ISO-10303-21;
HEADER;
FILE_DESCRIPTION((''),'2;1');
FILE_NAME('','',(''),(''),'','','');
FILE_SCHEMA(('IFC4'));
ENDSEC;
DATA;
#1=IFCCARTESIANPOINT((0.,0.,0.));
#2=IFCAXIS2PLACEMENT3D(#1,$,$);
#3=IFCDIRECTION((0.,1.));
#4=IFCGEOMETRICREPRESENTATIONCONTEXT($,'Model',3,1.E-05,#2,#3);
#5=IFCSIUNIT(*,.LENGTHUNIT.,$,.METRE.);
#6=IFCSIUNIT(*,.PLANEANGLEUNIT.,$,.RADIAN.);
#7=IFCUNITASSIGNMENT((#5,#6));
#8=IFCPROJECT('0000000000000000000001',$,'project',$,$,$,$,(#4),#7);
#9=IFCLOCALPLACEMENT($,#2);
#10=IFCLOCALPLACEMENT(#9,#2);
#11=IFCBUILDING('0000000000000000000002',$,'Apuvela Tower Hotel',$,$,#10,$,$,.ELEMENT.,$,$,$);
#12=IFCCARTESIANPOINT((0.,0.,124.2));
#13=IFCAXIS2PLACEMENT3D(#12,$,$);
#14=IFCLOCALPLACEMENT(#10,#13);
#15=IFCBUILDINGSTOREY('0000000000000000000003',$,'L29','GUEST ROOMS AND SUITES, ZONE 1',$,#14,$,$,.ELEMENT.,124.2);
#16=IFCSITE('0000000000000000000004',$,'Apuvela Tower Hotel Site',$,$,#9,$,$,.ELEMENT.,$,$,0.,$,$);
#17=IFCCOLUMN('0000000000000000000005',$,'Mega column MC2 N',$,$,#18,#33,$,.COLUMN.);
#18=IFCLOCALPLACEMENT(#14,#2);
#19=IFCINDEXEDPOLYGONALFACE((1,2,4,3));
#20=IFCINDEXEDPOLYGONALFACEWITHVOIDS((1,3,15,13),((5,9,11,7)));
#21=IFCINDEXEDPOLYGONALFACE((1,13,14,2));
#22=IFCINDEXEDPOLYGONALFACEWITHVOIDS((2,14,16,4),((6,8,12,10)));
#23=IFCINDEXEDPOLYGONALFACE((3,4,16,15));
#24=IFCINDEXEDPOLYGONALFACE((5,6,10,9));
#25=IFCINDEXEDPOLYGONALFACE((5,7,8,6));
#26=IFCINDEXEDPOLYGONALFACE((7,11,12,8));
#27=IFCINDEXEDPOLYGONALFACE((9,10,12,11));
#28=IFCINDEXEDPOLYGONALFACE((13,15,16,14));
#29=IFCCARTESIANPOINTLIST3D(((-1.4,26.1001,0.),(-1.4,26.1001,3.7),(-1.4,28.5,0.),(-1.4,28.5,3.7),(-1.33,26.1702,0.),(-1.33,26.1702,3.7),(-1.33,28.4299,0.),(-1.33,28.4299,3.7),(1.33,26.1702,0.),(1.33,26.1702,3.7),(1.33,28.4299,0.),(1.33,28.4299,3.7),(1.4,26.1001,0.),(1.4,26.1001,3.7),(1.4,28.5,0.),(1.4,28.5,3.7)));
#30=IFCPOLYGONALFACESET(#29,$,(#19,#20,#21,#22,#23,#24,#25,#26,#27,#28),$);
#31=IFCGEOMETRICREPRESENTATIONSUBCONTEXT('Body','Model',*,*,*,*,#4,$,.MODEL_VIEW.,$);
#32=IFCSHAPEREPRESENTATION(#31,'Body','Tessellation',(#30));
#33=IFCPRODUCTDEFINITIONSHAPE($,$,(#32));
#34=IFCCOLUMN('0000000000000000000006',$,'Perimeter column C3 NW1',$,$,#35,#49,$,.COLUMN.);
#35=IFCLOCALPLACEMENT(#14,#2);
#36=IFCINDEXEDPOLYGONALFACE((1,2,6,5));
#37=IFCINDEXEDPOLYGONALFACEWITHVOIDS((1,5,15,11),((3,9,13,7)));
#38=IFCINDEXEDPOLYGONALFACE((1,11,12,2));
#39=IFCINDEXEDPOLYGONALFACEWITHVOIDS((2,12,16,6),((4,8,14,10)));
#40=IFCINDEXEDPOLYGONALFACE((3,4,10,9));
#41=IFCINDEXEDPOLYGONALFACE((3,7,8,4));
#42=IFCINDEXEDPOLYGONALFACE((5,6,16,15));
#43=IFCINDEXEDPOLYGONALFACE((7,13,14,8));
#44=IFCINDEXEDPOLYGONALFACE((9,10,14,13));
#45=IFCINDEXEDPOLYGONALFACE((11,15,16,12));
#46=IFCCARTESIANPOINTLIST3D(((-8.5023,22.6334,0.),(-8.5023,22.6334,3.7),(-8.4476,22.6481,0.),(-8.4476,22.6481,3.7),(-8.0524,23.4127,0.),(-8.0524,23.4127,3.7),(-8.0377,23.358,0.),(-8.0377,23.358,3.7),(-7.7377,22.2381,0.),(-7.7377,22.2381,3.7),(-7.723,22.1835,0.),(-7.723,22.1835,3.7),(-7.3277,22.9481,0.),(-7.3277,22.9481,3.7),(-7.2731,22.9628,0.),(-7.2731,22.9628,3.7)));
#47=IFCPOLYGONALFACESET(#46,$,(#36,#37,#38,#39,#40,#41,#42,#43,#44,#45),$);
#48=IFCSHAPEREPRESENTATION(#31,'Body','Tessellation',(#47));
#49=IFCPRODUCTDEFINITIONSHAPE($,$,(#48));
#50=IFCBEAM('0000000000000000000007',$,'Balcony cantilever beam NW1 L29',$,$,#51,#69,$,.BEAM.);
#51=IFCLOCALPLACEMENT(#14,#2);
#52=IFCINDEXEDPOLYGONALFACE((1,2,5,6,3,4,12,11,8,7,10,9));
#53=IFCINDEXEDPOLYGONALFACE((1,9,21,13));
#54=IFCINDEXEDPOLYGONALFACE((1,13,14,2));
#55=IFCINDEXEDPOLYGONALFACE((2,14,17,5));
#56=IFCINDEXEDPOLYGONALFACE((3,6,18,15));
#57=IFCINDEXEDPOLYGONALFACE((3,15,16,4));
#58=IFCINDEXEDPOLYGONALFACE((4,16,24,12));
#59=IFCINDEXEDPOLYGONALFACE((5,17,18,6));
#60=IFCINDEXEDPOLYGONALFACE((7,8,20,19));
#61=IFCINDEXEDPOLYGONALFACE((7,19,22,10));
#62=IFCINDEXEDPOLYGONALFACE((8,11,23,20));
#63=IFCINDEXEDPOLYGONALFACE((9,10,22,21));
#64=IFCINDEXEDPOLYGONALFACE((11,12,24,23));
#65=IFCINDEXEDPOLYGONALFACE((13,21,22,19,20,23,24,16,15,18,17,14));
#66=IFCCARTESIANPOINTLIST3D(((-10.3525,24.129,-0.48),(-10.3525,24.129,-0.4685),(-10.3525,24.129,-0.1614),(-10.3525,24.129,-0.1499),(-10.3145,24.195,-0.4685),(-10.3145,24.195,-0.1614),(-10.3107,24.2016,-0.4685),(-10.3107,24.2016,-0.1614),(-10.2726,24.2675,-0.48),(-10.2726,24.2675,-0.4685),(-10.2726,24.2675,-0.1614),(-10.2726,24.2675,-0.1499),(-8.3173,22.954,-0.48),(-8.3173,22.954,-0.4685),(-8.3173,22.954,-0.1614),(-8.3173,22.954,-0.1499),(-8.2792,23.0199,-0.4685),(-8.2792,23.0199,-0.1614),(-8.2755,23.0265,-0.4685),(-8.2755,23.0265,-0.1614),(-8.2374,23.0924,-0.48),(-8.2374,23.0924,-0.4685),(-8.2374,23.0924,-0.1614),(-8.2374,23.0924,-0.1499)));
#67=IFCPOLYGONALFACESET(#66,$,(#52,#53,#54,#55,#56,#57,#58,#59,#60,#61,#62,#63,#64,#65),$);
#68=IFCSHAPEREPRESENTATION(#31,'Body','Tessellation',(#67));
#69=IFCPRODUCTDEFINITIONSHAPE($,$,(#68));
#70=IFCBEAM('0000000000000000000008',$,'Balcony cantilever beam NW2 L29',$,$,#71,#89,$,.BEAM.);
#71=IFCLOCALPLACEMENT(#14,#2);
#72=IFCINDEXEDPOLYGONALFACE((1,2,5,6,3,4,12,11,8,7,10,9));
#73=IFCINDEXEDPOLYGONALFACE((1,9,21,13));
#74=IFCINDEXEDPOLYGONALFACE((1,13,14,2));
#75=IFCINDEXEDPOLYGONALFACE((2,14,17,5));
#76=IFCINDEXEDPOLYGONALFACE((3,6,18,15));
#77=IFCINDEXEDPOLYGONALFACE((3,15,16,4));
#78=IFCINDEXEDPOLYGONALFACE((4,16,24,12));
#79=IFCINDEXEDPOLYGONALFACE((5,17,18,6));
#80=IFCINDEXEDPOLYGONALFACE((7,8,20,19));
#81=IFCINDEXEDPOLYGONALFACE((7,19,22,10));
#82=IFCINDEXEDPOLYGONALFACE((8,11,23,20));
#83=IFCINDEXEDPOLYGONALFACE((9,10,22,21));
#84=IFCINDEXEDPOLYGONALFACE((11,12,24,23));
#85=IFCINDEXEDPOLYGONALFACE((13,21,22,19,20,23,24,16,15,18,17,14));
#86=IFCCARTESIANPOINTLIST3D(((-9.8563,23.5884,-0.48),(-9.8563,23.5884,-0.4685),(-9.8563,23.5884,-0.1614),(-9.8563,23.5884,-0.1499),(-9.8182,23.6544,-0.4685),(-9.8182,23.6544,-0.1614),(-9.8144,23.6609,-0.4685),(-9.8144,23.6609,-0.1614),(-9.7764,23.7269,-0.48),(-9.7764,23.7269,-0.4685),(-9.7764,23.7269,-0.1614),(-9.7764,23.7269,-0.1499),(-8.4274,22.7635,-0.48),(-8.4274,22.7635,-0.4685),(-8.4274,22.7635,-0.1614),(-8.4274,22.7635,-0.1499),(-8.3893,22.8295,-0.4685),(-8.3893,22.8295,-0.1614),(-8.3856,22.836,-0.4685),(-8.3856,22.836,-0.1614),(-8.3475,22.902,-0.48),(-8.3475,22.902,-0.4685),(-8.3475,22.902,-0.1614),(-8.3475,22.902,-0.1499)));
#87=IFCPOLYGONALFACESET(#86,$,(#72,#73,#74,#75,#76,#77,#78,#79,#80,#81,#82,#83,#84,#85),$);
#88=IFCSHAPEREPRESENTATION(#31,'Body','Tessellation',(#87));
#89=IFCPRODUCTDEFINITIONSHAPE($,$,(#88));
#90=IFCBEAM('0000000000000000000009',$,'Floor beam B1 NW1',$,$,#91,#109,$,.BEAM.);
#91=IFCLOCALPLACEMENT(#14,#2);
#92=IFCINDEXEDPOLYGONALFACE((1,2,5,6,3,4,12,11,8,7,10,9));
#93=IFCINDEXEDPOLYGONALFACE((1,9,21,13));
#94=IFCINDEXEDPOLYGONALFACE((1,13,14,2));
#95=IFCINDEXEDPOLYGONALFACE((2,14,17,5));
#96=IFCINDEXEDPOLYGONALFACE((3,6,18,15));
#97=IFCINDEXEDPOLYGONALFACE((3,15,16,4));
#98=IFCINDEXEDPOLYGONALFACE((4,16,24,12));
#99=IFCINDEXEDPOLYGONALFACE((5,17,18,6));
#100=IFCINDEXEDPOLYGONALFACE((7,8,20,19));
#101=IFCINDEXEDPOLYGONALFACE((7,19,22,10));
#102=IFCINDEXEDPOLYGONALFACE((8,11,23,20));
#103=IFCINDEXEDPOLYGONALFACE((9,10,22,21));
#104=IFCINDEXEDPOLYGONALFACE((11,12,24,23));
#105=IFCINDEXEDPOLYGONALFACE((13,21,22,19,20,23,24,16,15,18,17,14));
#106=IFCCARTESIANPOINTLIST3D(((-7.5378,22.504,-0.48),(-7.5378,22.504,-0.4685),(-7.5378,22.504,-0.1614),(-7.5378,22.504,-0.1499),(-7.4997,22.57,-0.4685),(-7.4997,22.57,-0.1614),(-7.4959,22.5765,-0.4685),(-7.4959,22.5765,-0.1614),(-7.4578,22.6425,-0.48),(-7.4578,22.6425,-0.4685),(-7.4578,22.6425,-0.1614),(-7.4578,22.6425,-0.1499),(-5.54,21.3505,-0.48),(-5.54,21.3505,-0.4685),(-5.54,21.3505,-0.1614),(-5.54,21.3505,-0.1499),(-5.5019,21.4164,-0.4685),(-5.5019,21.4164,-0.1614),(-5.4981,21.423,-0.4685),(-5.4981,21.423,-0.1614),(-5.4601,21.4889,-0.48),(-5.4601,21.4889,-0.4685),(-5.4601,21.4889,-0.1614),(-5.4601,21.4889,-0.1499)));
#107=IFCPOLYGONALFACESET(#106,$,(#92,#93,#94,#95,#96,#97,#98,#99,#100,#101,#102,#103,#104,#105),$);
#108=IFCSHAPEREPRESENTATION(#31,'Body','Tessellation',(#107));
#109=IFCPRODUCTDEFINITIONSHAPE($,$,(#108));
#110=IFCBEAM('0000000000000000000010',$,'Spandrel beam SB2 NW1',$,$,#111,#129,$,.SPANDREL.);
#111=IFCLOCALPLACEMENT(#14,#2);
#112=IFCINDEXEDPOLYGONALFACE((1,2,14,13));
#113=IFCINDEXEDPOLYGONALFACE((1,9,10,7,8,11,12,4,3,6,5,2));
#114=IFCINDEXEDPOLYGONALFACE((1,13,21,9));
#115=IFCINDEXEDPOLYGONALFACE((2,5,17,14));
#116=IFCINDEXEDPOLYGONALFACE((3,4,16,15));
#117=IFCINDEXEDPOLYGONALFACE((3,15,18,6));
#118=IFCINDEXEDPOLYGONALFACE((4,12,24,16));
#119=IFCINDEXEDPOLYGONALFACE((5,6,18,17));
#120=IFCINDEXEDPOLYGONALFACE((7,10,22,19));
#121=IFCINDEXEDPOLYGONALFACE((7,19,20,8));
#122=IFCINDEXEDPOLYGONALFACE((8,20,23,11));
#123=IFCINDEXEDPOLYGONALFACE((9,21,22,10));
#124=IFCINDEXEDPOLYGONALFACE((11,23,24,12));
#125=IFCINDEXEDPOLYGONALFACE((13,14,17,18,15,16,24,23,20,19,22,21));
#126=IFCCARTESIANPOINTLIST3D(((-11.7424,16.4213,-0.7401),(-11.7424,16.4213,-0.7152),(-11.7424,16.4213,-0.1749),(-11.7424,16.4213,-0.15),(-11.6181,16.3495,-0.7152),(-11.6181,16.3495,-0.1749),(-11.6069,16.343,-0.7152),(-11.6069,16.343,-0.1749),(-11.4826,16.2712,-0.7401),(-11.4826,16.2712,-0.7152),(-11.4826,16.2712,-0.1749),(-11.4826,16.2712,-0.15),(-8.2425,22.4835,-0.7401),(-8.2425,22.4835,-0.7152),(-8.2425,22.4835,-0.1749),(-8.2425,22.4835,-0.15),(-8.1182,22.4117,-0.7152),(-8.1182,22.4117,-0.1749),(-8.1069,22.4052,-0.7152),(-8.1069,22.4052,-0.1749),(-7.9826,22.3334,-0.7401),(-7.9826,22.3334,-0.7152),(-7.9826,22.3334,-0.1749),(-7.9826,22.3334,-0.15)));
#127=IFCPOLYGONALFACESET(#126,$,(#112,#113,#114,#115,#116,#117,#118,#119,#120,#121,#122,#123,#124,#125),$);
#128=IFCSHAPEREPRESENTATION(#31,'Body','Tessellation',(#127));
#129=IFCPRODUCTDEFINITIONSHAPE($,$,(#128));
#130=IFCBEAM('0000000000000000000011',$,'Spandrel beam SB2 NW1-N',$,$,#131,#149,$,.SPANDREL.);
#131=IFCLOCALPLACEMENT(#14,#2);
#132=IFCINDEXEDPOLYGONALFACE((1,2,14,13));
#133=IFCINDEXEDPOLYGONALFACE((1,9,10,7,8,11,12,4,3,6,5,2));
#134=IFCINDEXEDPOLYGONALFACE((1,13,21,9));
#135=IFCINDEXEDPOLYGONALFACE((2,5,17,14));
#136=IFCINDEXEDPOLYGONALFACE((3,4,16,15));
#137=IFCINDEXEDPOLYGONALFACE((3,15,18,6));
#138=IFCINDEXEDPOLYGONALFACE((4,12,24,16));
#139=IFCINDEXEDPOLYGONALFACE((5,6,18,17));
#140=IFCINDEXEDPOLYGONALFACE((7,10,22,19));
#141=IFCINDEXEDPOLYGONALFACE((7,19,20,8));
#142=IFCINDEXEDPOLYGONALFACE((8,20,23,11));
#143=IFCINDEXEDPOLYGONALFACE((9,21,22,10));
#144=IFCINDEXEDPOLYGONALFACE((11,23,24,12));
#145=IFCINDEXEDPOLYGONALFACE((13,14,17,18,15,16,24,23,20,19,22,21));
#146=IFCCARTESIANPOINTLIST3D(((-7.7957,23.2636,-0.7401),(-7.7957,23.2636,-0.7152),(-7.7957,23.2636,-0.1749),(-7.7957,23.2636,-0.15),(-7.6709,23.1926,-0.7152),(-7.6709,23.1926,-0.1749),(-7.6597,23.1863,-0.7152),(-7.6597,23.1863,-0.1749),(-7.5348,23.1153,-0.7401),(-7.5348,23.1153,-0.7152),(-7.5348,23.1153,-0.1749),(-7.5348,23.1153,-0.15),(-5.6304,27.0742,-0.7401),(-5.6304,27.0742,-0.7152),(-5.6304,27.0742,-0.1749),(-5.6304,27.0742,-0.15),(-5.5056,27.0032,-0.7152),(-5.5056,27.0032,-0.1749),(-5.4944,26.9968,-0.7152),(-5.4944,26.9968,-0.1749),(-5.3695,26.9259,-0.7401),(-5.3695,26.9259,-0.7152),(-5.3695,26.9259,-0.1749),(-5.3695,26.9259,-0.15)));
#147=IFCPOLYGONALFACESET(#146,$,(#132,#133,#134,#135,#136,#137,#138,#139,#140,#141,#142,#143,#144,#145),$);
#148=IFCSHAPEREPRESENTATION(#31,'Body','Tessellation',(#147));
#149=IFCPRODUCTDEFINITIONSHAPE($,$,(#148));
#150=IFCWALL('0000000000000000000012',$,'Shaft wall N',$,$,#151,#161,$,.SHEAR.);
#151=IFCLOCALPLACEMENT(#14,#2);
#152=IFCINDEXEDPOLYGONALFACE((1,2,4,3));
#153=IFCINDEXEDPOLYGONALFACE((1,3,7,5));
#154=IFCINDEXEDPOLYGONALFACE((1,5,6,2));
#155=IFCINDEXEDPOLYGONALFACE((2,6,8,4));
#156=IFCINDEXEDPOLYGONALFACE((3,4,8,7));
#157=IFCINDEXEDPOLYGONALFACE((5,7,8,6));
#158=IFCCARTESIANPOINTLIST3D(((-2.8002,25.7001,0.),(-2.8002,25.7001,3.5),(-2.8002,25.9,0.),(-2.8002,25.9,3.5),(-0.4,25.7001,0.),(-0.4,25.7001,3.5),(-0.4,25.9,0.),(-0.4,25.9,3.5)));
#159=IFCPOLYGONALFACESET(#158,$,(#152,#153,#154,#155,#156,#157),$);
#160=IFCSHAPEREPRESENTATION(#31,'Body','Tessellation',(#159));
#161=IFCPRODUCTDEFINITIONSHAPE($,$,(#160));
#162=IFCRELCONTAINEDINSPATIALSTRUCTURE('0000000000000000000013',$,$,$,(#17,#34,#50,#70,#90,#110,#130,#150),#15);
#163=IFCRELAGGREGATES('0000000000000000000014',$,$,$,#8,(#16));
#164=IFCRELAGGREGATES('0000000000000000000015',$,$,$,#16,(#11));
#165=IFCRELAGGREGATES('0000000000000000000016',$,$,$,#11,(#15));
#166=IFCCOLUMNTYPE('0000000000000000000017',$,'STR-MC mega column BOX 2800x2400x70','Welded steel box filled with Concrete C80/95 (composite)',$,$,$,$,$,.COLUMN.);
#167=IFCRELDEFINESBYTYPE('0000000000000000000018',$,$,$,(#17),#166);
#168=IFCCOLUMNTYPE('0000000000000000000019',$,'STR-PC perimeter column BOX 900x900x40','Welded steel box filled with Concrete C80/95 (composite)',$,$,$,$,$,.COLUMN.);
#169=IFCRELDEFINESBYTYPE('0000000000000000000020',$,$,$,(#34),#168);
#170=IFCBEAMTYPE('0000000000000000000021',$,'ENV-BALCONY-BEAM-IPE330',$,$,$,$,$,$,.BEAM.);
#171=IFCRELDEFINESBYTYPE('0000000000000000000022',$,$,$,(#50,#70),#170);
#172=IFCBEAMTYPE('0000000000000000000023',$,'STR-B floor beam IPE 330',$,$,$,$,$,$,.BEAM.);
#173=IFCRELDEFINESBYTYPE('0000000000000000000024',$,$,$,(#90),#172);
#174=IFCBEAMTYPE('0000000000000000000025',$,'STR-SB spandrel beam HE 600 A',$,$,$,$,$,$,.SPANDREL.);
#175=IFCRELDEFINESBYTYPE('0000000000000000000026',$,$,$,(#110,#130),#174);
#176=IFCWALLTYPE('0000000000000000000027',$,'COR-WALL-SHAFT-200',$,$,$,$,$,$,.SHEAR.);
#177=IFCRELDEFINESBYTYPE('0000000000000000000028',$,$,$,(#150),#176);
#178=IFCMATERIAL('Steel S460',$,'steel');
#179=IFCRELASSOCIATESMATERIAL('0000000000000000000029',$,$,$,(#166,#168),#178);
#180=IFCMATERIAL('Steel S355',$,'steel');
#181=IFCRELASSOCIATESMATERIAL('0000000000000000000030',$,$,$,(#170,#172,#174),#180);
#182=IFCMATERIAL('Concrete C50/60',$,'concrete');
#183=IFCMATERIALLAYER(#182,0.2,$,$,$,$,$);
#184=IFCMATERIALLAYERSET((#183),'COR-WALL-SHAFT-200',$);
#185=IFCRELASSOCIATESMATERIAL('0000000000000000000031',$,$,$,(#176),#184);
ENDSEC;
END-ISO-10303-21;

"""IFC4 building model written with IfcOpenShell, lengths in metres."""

from ifc_helpers import new_model, si_unit, direction, frame, frame_2d, origin, origin_2d, place, context, subcontext, project, spatial, rectangle, hollow_rectangle, i_section, extrude, material, layer, layer_set, material_profile, profile_set, type_object, element, save


model = new_model("IFC4")

# Units and contexts
model_context = context("Model", 3, precision=1e-05, world=origin(), true_north=direction((0.0, 1.0)))
body_context = subcontext(model_context, "Body", "Model", "MODEL_VIEW")
ifc_project = project(units=[si_unit("LENGTHUNIT", "METRE"), si_unit("PLANEANGLEUNIT", "RADIAN")], contexts=[model_context])

# Site, building, storey
site_placement = place(None, origin())
site = spatial("IfcSite", under=ifc_project, at=site_placement, Name="Apuvela Tower Hotel Site", CompositionType="ELEMENT", RefElevation=0.0)
building_placement = place(site_placement, origin())
building = spatial("IfcBuilding", under=site, at=building_placement, Name="Apuvela Tower Hotel", CompositionType="ELEMENT")
storey_placement = place(building_placement, frame((0.0, 0.0, 124.2)))
storey = spatial("IfcBuildingStorey", under=building, at=storey_placement, Name="L29", Description="GUEST ROOMS AND SUITES, ZONE 1", CompositionType="ELEMENT", Elevation=124.2)

# Columns
ifc_material_1 = material(Name="Steel S460", Category="steel")
ifc_material_profile_1 = material_profile(ifc_material_1, hollow_rectangle(XDim=2.8, YDim=2.3999, WallThickness=0.0701, at=origin_2d()), Name="BOX 2800x2400x70")
ifc_material_2 = material(Name="Concrete C80/95", Category="concrete")
ifc_material_profile_2 = material_profile(ifc_material_2, rectangle(XDim=2.6599, YDim=2.26, at=origin_2d()), Name="Concrete C80/95 infill")
ifc_profile_set_1 = profile_set([ifc_material_profile_1, ifc_material_profile_2], Name="Steel S460")
column_type_1 = type_object("IfcColumnType", Name="STR-MC mega column BOX 2800x2400x70", Description="Welded steel box filled with Concrete C80/95 (composite)", PredefinedType="COLUMN", material=ifc_profile_set_1)
column_1_placement = place(storey_placement, frame((0.0, 27.3, 0.0), z_axis=(0.0, 0.0, 1.0), x_axis=(1.0, 0.0, 0.0)))
element("IfcColumn", 1, at=column_1_placement, inside=storey, type_object=column_type_1, Name="Mega column MC2 N", PredefinedType="COLUMN", context=body_context, shape_type="SweptSolid", body=[
    extrude(hollow_rectangle(XDim=2.8, YDim=2.3999, WallThickness=0.0701, at=origin_2d()), origin(), (0.0, 0.0, 1.0), 3.7),
])
ifc_material_profile_3 = material_profile(ifc_material_1, hollow_rectangle(XDim=0.8999, YDim=0.8999, WallThickness=0.04, at=origin_2d()), Name="BOX 900x900x40")
ifc_material_profile_4 = material_profile(ifc_material_2, rectangle(XDim=0.8201, YDim=0.8201, at=origin_2d()), Name="Concrete C80/95 infill")
ifc_profile_set_2 = profile_set([ifc_material_profile_3, ifc_material_profile_4], Name="Steel S460")
column_type_2 = type_object("IfcColumnType", Name="STR-PC perimeter column BOX 900x900x40", Description="Welded steel box filled with Concrete C80/95 (composite)", PredefinedType="COLUMN", material=ifc_profile_set_2)
column_2_placement = place(storey_placement, frame((-7.8877, 22.7981, 0.0), z_axis=(0.0, 0.0, 1.0), x_axis=(0.5, 0.866025, 0.0)))
element("IfcColumn", 2, at=column_2_placement, inside=storey, type_object=column_type_2, Name="Perimeter column C3 NW1", PredefinedType="COLUMN", context=body_context, shape_type="SweptSolid", body=[
    extrude(hollow_rectangle(XDim=0.8999, YDim=0.8999, WallThickness=0.04, at=origin_2d()), origin(), (0.0, 0.0, 1.0), 3.7),
])

# Beams
ifc_material_3 = material(Name="Steel S355", Category="steel")
ifc_material_profile_5 = material_profile(ifc_material_3, i_section(OverallWidth=0.1599, OverallDepth=0.3301, WebThickness=0.0076, FlangeThickness=0.0115, at=origin_2d()), Name="IPE 330")
ifc_profile_set_3 = profile_set([ifc_material_profile_5], Name="Steel S355")
beam_type_1 = type_object("IfcBeamType", Name="ENV-BALCONY-BEAM-IPE330", PredefinedType="BEAM", material=ifc_profile_set_3)
beam_1_placement = place(storey_placement, frame((-8.2773, 23.0232, -0.3149), z_axis=(-0.866016, 0.500016, 0.0), x_axis=(-0.500016, -0.866016, 0.0)))
element("IfcBeam", 3, at=beam_1_placement, inside=storey, type_object=beam_type_1, Name="Balcony cantilever beam NW1 L29", PredefinedType="BEAM", context=body_context, shape_type="SweptSolid", body=[
    extrude(i_section(OverallWidth=0.1599, OverallDepth=0.3301, WebThickness=0.0076, FlangeThickness=0.0115, at=origin_2d()), origin(), (0.0, 0.0, 1.0), 2.3501),
])
beam_2_placement = place(storey_placement, frame((-8.3875, 22.8328, -0.3149), z_axis=(-0.86604, 0.499974, 0.0), x_axis=(-0.499974, -0.86604, 0.0)))
element("IfcBeam", 4, at=beam_2_placement, inside=storey, type_object=beam_type_1, Name="Balcony cantilever beam NW2 L29", PredefinedType="BEAM", context=body_context, shape_type="SweptSolid", body=[
    extrude(i_section(OverallWidth=0.1599, OverallDepth=0.3301, WebThickness=0.0076, FlangeThickness=0.0115, at=origin_2d()), origin(), (0.0, 0.0, 1.0), 1.6499),
])
ifc_material_profile_6 = material_profile(ifc_material_3, i_section(OverallWidth=0.1599, OverallDepth=0.3301, WebThickness=0.0076, FlangeThickness=0.0115, at=origin_2d()), Name="IPE 330")
ifc_profile_set_4 = profile_set([ifc_material_profile_6], Name="Steel S355")
beam_type_2 = type_object("IfcBeamType", Name="STR-B floor beam IPE 330", PredefinedType="BEAM", material=ifc_profile_set_4)
beam_3_placement = place(storey_placement, frame((-7.4978, 22.5732, -0.3149), z_axis=(0.866001, -0.500043, 0.0), x_axis=(0.500043, 0.866001, 0.0)))
element("IfcBeam", 5, at=beam_3_placement, inside=storey, type_object=beam_type_2, Name="Floor beam B1 NW1", PredefinedType="BEAM", context=body_context, shape_type="SweptSolid", body=[
    extrude(i_section(OverallWidth=0.1599, OverallDepth=0.3301, WebThickness=0.0076, FlangeThickness=0.0115, at=origin_2d()), origin(), (0.0, 0.0, 1.0), 2.3069),
])
ifc_material_profile_7 = material_profile(ifc_material_3, i_section(OverallWidth=0.3, OverallDepth=0.5901, WebThickness=0.0129, FlangeThickness=0.0249, at=origin_2d()), Name="HE 600 A")
ifc_profile_set_5 = profile_set([ifc_material_profile_7], Name="Steel S355")
beam_type_3 = type_object("IfcBeamType", Name="STR-SB spandrel beam HE 600 A", PredefinedType="SPANDREL", material=ifc_profile_set_5)
beam_4_placement = place(storey_placement, frame((-8.1125, 22.4084, -0.4451), z_axis=(-0.499995, -0.866028, 0.0), x_axis=(0.866028, -0.499995, 0.0)))
element("IfcBeam", 6, at=beam_4_placement, inside=storey, type_object=beam_type_3, Name="Spandrel beam SB2 NW1", PredefinedType="SPANDREL", context=body_context, shape_type="SweptSolid", body=[
    extrude(i_section(OverallWidth=0.3, OverallDepth=0.5901, WebThickness=0.0129, FlangeThickness=0.0249, at=origin_2d()), origin(), (0.0, 0.0, 1.0), 7.0),
])
beam_5_placement = place(storey_placement, frame((-7.6653, 23.1895, -0.4451), z_axis=(0.494044, 0.869437, 0.0), x_axis=(-0.869437, 0.494044, 0.0)))
element("IfcBeam", 7, at=beam_5_placement, inside=storey, type_object=beam_type_3, Name="Spandrel beam SB2 NW1-N", PredefinedType="SPANDREL", context=body_context, shape_type="SweptSolid", body=[
    extrude(i_section(OverallWidth=0.3, OverallDepth=0.5901, WebThickness=0.0129, FlangeThickness=0.0249, at=origin_2d()), origin(), (0.0, 0.0, 1.0), 4.3828),
])

# Wall
ifc_material_4 = material(Name="Concrete C50/60", Category="concrete")
ifc_layer_1 = layer(ifc_material_4, 0.2)
ifc_layer_set_1 = layer_set([ifc_layer_1], Name="COR-WALL-SHAFT-200")
wall_type_1 = type_object("IfcWallType", Name="COR-WALL-SHAFT-200", PredefinedType="SHEAR", material=ifc_layer_set_1)
wall_1_placement = place(storey_placement, frame((-0.3999, 25.8, 0.0), z_axis=(0.0, 0.0, 1.0), x_axis=(-1.0, 0.0, 0.0)))
element("IfcWall", 8, at=wall_1_placement, inside=storey, type_object=wall_type_1, Name="Shaft wall N", PredefinedType="SHEAR", context=body_context, shape_type="SweptSolid", body=[
    extrude(rectangle(XDim=2.4001, YDim=0.2, at=frame_2d((1.2002, 0.0))), origin(), (0.0, 0.0, 1.0), 3.5),
])

save(model, "model.ifc")
